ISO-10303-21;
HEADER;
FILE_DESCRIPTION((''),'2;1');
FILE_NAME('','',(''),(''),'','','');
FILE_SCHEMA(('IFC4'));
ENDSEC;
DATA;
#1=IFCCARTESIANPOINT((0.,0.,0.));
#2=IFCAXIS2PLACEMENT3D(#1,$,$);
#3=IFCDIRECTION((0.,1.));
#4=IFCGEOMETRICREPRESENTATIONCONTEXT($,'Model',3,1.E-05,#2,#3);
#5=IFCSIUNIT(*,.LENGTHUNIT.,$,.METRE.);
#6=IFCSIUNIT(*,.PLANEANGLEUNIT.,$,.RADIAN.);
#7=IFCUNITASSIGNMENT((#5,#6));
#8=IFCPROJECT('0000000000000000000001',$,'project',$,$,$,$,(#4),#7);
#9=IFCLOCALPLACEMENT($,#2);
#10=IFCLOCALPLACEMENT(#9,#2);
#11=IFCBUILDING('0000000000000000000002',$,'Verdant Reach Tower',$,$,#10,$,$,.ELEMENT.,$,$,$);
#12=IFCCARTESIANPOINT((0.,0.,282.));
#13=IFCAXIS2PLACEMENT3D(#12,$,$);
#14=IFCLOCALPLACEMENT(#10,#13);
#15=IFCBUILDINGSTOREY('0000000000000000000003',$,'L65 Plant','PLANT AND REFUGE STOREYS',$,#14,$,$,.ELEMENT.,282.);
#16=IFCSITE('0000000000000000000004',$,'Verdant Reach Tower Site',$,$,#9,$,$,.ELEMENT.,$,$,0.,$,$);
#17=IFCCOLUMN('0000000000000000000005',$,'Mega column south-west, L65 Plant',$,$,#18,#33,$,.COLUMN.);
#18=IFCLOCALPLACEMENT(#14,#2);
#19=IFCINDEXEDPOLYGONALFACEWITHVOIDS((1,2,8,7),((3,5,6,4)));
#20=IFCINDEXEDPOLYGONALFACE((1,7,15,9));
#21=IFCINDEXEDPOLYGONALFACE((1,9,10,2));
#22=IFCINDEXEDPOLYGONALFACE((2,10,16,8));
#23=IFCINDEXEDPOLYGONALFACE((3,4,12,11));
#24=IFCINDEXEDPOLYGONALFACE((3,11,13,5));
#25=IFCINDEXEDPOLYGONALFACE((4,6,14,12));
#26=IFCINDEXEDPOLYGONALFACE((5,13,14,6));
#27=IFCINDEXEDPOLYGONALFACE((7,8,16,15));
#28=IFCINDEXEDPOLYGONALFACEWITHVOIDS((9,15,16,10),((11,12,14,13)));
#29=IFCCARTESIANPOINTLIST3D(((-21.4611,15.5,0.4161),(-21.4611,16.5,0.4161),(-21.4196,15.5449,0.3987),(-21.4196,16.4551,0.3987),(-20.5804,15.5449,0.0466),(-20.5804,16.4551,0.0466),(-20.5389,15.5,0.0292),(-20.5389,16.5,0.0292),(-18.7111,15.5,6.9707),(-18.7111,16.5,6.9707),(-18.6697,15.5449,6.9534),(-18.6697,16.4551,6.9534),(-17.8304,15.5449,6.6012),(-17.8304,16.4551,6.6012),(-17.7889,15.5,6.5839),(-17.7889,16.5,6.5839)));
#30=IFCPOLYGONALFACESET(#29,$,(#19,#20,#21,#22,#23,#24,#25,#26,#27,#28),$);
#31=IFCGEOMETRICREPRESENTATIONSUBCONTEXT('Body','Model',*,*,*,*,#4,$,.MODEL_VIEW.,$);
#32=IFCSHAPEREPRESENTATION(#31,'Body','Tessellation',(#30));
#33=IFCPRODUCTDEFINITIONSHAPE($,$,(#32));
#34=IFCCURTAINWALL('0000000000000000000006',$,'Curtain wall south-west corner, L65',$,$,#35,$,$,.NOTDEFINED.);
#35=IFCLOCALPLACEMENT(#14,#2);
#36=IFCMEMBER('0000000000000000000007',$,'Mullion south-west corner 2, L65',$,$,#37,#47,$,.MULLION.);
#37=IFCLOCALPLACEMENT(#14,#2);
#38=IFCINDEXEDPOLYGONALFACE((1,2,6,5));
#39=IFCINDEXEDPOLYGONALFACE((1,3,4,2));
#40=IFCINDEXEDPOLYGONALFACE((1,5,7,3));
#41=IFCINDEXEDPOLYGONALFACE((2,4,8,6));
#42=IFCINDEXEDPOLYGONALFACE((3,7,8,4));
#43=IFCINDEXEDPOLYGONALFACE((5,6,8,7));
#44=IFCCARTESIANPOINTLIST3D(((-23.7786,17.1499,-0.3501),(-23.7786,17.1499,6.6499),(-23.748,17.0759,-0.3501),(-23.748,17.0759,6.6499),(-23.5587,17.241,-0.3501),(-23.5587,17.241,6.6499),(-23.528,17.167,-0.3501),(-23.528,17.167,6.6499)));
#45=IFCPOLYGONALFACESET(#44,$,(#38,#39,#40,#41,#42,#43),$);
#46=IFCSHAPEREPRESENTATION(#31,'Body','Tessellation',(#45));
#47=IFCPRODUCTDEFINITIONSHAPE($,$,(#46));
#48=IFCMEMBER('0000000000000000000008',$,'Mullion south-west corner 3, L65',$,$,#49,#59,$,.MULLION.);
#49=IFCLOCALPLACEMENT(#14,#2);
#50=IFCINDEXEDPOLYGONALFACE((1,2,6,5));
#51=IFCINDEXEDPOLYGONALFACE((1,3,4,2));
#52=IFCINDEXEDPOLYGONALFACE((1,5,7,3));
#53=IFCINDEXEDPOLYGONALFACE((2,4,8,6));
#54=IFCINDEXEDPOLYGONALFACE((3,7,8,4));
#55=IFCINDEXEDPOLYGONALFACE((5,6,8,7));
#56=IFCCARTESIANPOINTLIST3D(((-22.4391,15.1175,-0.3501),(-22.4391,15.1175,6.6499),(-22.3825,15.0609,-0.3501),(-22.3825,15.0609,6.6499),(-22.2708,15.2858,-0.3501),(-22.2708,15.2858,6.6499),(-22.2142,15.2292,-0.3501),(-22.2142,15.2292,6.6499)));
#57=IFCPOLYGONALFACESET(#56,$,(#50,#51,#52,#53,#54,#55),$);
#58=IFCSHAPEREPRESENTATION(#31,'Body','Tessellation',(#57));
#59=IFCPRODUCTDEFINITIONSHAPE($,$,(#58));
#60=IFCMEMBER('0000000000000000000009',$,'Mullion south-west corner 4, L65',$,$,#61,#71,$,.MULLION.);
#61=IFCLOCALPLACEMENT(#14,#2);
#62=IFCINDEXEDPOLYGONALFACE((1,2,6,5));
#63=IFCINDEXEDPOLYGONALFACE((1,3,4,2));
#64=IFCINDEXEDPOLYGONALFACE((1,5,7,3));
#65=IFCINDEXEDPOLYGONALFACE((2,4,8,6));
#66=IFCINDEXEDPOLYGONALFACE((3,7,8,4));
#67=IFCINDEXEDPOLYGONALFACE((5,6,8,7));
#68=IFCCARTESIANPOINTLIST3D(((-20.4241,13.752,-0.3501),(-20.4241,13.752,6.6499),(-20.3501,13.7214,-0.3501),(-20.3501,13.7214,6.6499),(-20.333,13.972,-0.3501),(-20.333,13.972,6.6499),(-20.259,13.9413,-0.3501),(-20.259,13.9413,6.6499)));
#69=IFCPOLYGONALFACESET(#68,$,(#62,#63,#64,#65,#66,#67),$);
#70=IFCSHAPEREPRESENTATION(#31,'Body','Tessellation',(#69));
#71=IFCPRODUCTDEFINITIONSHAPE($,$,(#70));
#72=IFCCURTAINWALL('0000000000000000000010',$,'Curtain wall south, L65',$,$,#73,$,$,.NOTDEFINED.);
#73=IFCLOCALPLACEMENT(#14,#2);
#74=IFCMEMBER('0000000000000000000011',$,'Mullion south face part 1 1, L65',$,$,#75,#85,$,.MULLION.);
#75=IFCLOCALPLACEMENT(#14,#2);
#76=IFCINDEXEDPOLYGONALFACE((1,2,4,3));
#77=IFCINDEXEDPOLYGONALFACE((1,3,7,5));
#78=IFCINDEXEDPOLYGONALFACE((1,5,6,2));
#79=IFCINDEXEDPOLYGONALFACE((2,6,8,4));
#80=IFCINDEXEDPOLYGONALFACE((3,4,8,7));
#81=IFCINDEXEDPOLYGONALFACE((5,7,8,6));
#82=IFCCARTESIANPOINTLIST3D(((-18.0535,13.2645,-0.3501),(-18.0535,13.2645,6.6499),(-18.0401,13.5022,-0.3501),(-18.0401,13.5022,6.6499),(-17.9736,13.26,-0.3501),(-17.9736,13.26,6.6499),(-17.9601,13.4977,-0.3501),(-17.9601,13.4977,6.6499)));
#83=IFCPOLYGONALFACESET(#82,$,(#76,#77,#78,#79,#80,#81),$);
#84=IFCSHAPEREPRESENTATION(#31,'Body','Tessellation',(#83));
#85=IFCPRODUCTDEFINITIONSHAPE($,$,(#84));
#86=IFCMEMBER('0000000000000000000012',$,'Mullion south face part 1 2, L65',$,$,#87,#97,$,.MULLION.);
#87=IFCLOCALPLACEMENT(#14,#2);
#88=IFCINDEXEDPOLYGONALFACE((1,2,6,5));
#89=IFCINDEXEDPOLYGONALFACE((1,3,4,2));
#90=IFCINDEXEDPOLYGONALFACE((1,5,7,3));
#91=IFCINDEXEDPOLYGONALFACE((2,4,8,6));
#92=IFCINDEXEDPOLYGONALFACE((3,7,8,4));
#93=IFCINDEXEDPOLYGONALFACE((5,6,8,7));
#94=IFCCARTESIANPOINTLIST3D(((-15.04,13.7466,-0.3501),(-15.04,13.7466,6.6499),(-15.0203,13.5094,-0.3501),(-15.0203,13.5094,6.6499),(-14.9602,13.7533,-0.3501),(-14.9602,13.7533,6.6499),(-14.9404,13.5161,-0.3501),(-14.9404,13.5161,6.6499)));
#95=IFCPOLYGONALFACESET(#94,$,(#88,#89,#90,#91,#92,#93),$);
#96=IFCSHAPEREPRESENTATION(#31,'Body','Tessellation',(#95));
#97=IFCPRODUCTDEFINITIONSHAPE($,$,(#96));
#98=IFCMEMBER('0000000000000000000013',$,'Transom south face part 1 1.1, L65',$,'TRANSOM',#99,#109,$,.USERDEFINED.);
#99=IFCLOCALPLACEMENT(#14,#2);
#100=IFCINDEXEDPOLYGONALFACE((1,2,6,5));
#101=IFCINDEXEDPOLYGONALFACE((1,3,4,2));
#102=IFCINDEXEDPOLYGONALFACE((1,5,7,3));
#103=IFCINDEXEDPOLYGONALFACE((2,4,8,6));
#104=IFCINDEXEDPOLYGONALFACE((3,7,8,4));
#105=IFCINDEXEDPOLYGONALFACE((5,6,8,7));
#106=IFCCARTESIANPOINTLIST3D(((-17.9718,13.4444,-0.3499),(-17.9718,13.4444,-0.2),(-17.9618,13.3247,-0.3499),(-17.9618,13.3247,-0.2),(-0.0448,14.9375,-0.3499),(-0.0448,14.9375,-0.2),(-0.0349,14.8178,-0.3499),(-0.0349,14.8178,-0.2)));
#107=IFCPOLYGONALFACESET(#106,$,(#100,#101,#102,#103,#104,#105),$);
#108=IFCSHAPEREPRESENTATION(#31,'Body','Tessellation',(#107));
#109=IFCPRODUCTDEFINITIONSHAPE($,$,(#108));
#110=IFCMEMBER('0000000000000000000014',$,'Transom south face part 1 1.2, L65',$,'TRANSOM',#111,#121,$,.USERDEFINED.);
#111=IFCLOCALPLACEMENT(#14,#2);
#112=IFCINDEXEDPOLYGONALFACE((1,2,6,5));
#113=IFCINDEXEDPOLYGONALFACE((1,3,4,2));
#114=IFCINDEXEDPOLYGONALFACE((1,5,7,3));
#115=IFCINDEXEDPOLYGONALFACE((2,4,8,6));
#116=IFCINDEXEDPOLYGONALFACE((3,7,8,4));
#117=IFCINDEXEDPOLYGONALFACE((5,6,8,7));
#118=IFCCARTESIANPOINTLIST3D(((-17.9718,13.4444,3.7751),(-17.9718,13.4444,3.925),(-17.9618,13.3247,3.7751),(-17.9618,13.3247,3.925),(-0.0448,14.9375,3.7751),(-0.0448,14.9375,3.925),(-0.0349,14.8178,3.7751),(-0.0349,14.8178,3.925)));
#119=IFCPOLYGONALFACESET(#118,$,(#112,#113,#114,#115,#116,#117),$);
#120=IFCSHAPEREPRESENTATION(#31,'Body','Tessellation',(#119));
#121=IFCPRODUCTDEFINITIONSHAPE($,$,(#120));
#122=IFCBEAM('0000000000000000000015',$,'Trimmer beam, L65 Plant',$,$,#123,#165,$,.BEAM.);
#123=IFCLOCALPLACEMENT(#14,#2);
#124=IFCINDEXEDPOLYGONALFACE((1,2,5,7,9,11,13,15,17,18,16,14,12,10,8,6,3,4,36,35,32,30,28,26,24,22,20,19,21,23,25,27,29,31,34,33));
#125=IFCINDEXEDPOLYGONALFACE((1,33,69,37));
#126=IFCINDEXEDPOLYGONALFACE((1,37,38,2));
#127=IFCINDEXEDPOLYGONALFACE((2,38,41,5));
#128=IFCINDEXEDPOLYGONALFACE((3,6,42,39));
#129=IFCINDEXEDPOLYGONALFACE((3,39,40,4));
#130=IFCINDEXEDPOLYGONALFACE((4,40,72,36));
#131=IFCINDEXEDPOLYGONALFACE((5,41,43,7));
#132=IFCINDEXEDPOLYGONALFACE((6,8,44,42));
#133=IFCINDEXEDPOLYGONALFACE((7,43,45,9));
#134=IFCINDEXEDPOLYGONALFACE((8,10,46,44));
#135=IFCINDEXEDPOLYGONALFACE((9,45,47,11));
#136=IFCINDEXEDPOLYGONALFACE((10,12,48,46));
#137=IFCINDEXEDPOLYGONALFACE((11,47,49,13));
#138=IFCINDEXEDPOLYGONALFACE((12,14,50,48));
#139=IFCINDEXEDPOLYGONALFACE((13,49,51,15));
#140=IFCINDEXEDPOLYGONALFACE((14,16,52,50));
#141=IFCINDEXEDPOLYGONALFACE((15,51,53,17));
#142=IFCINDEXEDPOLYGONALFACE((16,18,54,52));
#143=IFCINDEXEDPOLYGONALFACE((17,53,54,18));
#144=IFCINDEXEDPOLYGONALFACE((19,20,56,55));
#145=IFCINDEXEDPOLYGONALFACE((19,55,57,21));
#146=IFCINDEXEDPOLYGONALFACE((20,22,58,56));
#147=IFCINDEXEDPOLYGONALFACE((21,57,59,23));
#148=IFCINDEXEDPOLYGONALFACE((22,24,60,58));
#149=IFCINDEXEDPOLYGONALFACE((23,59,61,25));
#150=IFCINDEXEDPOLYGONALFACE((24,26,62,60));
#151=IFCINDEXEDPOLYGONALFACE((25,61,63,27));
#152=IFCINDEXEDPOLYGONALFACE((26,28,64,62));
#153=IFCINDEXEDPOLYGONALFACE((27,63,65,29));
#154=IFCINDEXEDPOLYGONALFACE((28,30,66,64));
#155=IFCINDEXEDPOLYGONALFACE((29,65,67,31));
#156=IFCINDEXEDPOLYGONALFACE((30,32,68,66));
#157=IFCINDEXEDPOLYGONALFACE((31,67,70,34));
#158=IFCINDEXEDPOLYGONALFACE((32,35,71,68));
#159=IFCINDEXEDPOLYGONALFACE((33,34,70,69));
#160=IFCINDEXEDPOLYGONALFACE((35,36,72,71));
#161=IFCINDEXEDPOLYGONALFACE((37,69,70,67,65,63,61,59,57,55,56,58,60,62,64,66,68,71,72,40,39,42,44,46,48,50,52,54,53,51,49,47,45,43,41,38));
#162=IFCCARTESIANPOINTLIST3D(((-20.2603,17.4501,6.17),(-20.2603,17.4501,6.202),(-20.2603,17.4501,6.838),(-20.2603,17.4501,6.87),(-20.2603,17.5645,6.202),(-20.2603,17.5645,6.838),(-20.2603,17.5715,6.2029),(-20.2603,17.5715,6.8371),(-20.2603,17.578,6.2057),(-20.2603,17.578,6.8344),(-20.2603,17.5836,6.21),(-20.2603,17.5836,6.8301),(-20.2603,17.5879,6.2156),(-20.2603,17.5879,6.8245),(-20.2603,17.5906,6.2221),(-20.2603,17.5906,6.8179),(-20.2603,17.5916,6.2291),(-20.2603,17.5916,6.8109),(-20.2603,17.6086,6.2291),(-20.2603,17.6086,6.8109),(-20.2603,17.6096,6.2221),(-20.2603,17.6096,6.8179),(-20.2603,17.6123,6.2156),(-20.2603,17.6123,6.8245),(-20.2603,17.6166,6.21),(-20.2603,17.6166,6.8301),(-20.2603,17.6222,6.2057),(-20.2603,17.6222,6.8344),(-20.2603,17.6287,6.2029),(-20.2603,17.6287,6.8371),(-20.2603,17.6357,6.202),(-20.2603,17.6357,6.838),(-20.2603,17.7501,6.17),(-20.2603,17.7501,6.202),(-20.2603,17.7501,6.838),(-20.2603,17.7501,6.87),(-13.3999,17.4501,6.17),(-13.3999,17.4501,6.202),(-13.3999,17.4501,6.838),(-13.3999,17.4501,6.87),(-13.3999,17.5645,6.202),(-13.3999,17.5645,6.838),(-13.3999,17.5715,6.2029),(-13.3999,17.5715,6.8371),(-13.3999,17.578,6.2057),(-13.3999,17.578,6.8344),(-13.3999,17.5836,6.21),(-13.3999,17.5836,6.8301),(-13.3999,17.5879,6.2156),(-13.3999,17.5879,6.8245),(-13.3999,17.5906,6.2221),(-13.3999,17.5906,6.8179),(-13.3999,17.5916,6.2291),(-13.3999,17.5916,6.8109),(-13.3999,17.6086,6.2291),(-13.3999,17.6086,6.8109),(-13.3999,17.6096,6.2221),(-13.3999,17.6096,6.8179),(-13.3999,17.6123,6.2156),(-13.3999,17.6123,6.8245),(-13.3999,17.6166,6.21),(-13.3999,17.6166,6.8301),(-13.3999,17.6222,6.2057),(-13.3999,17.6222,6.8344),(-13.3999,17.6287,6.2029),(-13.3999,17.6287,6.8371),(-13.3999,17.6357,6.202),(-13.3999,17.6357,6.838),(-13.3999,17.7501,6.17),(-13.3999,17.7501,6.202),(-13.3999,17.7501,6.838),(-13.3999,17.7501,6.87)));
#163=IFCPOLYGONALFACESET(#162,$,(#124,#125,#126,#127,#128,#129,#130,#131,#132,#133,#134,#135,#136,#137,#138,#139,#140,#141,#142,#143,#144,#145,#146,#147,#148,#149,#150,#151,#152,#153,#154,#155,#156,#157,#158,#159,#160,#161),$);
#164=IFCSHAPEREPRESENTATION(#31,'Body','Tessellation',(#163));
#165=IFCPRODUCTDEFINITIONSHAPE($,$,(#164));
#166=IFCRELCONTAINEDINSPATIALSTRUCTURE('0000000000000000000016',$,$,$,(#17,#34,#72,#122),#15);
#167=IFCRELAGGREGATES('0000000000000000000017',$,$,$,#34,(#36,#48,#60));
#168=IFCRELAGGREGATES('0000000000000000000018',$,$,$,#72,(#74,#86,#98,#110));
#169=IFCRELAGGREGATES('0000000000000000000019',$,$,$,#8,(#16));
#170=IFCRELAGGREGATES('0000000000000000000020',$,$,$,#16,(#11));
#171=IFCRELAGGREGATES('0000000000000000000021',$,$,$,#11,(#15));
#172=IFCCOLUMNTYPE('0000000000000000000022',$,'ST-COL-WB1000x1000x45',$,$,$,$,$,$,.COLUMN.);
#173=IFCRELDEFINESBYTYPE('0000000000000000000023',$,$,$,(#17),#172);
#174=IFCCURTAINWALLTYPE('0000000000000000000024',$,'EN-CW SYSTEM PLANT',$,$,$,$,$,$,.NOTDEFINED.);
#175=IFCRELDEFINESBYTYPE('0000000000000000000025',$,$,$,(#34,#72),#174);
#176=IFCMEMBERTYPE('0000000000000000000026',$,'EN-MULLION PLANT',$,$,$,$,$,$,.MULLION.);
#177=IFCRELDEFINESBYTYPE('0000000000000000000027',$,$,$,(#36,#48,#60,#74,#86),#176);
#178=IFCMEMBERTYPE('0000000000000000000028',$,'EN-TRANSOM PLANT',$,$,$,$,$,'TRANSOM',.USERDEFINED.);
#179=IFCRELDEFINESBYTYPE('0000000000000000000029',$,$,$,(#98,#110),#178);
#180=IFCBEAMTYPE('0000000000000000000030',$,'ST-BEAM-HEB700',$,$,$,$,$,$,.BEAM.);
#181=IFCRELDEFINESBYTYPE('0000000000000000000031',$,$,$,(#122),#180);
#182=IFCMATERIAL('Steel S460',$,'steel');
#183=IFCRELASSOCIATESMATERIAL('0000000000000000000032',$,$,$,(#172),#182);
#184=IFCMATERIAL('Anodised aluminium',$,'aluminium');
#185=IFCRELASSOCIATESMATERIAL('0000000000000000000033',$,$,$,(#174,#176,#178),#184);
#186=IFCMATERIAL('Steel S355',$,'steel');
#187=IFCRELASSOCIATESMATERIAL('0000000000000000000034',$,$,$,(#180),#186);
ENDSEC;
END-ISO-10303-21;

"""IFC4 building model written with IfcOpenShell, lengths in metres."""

from ifc_helpers import new_model, si_unit, direction, frame, origin, origin_2d, place, context, subcontext, project, spatial, rectangle, hollow_rectangle, i_section, extrude, material, material_profile, profile_set, type_object, element, aggregate, save


model = new_model("IFC4")

# Units and contexts
model_context = context("Model", 3, precision=1e-05, world=origin(), true_north=direction((0.0, 1.0)))
body_context = subcontext(model_context, "Body", "Model", "MODEL_VIEW")
ifc_project = project(units=[si_unit("LENGTHUNIT", "METRE"), si_unit("PLANEANGLEUNIT", "RADIAN")], contexts=[model_context])

# Site, building, storey
site_placement = place(None, origin())
site = spatial("IfcSite", under=ifc_project, at=site_placement, Name="Verdant Reach Tower Site", CompositionType="ELEMENT", RefElevation=0.0)
building_placement = place(site_placement, origin())
building = spatial("IfcBuilding", under=site, at=building_placement, Name="Verdant Reach Tower", CompositionType="ELEMENT")
storey_placement = place(building_placement, frame((0.0, 0.0, 282.0)))
storey = spatial("IfcBuildingStorey", under=building, at=storey_placement, Name="L65 Plant", Description="PLANT AND REFUGE STOREYS", CompositionType="ELEMENT", Elevation=282.0)

# Column
ifc_material_1 = material(Name="Steel S460", Category="steel")
ifc_material_profile_1 = material_profile(ifc_material_1, hollow_rectangle(XDim=1.0, YDim=1.0, WallThickness=0.0449, at=origin_2d()), Name="WB 1000x1000x45")
ifc_profile_set_1 = profile_set([ifc_material_profile_1], Name="Steel S460")
column_type = type_object("IfcColumnType", Name="ST-COL-WB1000x1000x45", PredefinedType="COLUMN", material=ifc_profile_set_1)
column_placement = place(storey_placement, frame((-21.0, 16.0, 0.2227), z_axis=(0.386877, 0.0, 0.922131), x_axis=(0.0, 1.0, 0.0)))
element("IfcColumn", 1, at=column_placement, inside=storey, type_object=column_type, Name="Mega column south-west, L65 Plant", PredefinedType="COLUMN", context=body_context, shape_type="SweptSolid", body=[
    extrude(hollow_rectangle(XDim=1.0, YDim=1.0, WallThickness=0.0449, at=origin_2d()), origin(), (0.0, 0.0, 1.0), 7.1082),
])

# Curtain walls, members
ifc_material_2 = material(Name="Anodised aluminium", Category="aluminium")
curtain_wall_type = type_object("IfcCurtainWallType", Name="EN-CW SYSTEM PLANT", PredefinedType="NOTDEFINED", material=ifc_material_2)
curtain_wall_1_placement = place(storey_placement, origin())
curtain_wall_1 = element("IfcCurtainWall", 2, at=curtain_wall_1_placement, inside=storey, type_object=curtain_wall_type, Name="Curtain wall south-west corner, L65", PredefinedType="NOTDEFINED")
ifc_material_profile_2 = material_profile(ifc_material_2, rectangle(XDim=0.238, YDim=0.0801, at=origin_2d()), Name="Mullion 80x240")
ifc_profile_set_2 = profile_set([ifc_material_profile_2], Name="Anodised aluminium")
member_type_1 = type_object("IfcMemberType", Name="EN-MULLION PLANT", PredefinedType="MULLION", material=ifc_profile_set_2)
member_1_placement = place(storey_placement, frame((-23.6533, 17.1584, -0.3501), z_axis=(0.0, 0.0, 1.0), x_axis=(-0.923875, -0.382694, 0.0)))
member_1 = element("IfcMember", 3, at=member_1_placement, type_object=member_type_1, Name="Mullion south-west corner 2, L65", PredefinedType="MULLION", context=body_context, shape_type="SweptSolid", body=[
    extrude(rectangle(XDim=0.238, YDim=0.0801, at=origin_2d()), origin(), (0.0, 0.0, 1.0), 7.0),
])
member_2_placement = place(storey_placement, frame((-22.3267, 15.1733, -0.3501), z_axis=(0.0, 0.0, 1.0), x_axis=(-0.707107, -0.707107, 0.0)))
member_2 = element("IfcMember", 4, at=member_2_placement, type_object=member_type_1, Name="Mullion south-west corner 3, L65", PredefinedType="MULLION", context=body_context, shape_type="SweptSolid", body=[
    extrude(rectangle(XDim=0.238, YDim=0.0801, at=origin_2d()), origin(), (0.0, 0.0, 1.0), 7.0),
])
member_3_placement = place(storey_placement, frame((-20.3416, 13.8467, -0.3501), z_axis=(0.0, 0.0, 1.0), x_axis=(-0.382694, -0.923875, 0.0)))
member_3 = element("IfcMember", 5, at=member_3_placement, type_object=member_type_1, Name="Mullion south-west corner 4, L65", PredefinedType="MULLION", context=body_context, shape_type="SweptSolid", body=[
    extrude(rectangle(XDim=0.238, YDim=0.0801, at=origin_2d()), origin(), (0.0, 0.0, 1.0), 7.0),
])
curtain_wall_2_placement = place(storey_placement, origin())
curtain_wall_2 = element("IfcCurtainWall", 6, at=curtain_wall_2_placement, inside=storey, type_object=curtain_wall_type, Name="Curtain wall south, L65", PredefinedType="NOTDEFINED")
member_4_placement = place(storey_placement, frame((-18.0068, 13.3811, -0.3501), z_axis=(0.0, 0.0, 1.0), x_axis=(-0.056569, -0.998399, 0.0)))
member_4 = element("IfcMember", 7, at=member_4_placement, type_object=member_type_1, Name="Mullion south face part 1 1, L65", PredefinedType="MULLION", context=body_context, shape_type="SweptSolid", body=[
    extrude(rectangle(XDim=0.238, YDim=0.0801, at=origin_2d()), origin(), (0.0, 0.0, 1.0), 7.0),
])
member_5_placement = place(storey_placement, frame((-14.9902, 13.6313, -0.3501), z_axis=(0.0, 0.0, 1.0), x_axis=(0.083045, -0.996546, 0.0)))
member_5 = element("IfcMember", 8, at=member_5_placement, type_object=member_type_1, Name="Mullion south face part 1 2, L65", PredefinedType="MULLION", context=body_context, shape_type="SweptSolid", body=[
    extrude(rectangle(XDim=0.238, YDim=0.0801, at=origin_2d()), origin(), (0.0, 0.0, 1.0), 7.0),
])
ifc_material_profile_3 = material_profile(ifc_material_2, rectangle(XDim=0.1201, YDim=0.1499, at=origin_2d()), Name="Transom 150x120")
ifc_profile_set_3 = profile_set([ifc_material_profile_3], Name="Anodised aluminium")
member_type_2 = type_object("IfcMemberType", Name="EN-TRANSOM PLANT", ElementType="TRANSOM", PredefinedType="USERDEFINED", material=ifc_profile_set_3)
member_6_placement = place(storey_placement, frame((-17.9668, 13.3845, -0.2749), z_axis=(0.996549, 0.083004, 0.0), x_axis=(-0.083004, 0.996549, 0.0)))
member_6 = element("IfcMember", 9, at=member_6_placement, type_object=member_type_2, Name="Transom south face part 1 1.1, L65", ObjectType="TRANSOM", PredefinedType="USERDEFINED", context=body_context, shape_type="SweptSolid", body=[
    extrude(rectangle(XDim=0.1201, YDim=0.1499, at=origin_2d()), origin(), (0.0, 0.0, 1.0), 17.989),
])
member_7_placement = place(storey_placement, frame((-17.9668, 13.3845, 3.8501), z_axis=(0.996549, 0.083004, 0.0), x_axis=(-0.083004, 0.996549, 0.0)))
member_7 = element("IfcMember", 10, at=member_7_placement, type_object=member_type_2, Name="Transom south face part 1 1.2, L65", ObjectType="TRANSOM", PredefinedType="USERDEFINED", context=body_context, shape_type="SweptSolid", body=[
    extrude(rectangle(XDim=0.1201, YDim=0.1499, at=origin_2d()), origin(), (0.0, 0.0, 1.0), 17.989),
])

# Beam
ifc_material_3 = material(Name="Steel S355", Category="steel")
ifc_material_profile_4 = material_profile(ifc_material_3, i_section(OverallWidth=0.3, OverallDepth=0.7, WebThickness=0.0171, FlangeThickness=0.032, FilletRadius=0.0271, at=origin_2d()), Name="HEB 700")
ifc_profile_set_4 = profile_set([ifc_material_profile_4], Name="Steel S355")
beam_type_1 = type_object("IfcBeamType", Name="ST-BEAM-HEB700", PredefinedType="BEAM", material=ifc_profile_set_4)
beam_1_placement = place(storey_placement, frame((-13.3999, 17.6001, 6.52), z_axis=(-1.0, 0.0, 0.0), x_axis=(0.0, -1.0, 0.0)))
element("IfcBeam", 11, at=beam_1_placement, inside=storey, type_object=beam_type_1, Name="Trimmer beam, L65 Plant", PredefinedType="BEAM", context=body_context, shape_type="SweptSolid", body=[
    extrude(i_section(OverallWidth=0.3, OverallDepth=0.7, WebThickness=0.0171, FlangeThickness=0.032, FilletRadius=0.0271, at=origin_2d()), origin(), (0.0, 0.0, 1.0), 6.8604),
])

aggregate(curtain_wall_1, [member_1, member_2, member_3])
aggregate(curtain_wall_2, [member_4, member_5, member_6, member_7])

save(model, "model.ifc")
